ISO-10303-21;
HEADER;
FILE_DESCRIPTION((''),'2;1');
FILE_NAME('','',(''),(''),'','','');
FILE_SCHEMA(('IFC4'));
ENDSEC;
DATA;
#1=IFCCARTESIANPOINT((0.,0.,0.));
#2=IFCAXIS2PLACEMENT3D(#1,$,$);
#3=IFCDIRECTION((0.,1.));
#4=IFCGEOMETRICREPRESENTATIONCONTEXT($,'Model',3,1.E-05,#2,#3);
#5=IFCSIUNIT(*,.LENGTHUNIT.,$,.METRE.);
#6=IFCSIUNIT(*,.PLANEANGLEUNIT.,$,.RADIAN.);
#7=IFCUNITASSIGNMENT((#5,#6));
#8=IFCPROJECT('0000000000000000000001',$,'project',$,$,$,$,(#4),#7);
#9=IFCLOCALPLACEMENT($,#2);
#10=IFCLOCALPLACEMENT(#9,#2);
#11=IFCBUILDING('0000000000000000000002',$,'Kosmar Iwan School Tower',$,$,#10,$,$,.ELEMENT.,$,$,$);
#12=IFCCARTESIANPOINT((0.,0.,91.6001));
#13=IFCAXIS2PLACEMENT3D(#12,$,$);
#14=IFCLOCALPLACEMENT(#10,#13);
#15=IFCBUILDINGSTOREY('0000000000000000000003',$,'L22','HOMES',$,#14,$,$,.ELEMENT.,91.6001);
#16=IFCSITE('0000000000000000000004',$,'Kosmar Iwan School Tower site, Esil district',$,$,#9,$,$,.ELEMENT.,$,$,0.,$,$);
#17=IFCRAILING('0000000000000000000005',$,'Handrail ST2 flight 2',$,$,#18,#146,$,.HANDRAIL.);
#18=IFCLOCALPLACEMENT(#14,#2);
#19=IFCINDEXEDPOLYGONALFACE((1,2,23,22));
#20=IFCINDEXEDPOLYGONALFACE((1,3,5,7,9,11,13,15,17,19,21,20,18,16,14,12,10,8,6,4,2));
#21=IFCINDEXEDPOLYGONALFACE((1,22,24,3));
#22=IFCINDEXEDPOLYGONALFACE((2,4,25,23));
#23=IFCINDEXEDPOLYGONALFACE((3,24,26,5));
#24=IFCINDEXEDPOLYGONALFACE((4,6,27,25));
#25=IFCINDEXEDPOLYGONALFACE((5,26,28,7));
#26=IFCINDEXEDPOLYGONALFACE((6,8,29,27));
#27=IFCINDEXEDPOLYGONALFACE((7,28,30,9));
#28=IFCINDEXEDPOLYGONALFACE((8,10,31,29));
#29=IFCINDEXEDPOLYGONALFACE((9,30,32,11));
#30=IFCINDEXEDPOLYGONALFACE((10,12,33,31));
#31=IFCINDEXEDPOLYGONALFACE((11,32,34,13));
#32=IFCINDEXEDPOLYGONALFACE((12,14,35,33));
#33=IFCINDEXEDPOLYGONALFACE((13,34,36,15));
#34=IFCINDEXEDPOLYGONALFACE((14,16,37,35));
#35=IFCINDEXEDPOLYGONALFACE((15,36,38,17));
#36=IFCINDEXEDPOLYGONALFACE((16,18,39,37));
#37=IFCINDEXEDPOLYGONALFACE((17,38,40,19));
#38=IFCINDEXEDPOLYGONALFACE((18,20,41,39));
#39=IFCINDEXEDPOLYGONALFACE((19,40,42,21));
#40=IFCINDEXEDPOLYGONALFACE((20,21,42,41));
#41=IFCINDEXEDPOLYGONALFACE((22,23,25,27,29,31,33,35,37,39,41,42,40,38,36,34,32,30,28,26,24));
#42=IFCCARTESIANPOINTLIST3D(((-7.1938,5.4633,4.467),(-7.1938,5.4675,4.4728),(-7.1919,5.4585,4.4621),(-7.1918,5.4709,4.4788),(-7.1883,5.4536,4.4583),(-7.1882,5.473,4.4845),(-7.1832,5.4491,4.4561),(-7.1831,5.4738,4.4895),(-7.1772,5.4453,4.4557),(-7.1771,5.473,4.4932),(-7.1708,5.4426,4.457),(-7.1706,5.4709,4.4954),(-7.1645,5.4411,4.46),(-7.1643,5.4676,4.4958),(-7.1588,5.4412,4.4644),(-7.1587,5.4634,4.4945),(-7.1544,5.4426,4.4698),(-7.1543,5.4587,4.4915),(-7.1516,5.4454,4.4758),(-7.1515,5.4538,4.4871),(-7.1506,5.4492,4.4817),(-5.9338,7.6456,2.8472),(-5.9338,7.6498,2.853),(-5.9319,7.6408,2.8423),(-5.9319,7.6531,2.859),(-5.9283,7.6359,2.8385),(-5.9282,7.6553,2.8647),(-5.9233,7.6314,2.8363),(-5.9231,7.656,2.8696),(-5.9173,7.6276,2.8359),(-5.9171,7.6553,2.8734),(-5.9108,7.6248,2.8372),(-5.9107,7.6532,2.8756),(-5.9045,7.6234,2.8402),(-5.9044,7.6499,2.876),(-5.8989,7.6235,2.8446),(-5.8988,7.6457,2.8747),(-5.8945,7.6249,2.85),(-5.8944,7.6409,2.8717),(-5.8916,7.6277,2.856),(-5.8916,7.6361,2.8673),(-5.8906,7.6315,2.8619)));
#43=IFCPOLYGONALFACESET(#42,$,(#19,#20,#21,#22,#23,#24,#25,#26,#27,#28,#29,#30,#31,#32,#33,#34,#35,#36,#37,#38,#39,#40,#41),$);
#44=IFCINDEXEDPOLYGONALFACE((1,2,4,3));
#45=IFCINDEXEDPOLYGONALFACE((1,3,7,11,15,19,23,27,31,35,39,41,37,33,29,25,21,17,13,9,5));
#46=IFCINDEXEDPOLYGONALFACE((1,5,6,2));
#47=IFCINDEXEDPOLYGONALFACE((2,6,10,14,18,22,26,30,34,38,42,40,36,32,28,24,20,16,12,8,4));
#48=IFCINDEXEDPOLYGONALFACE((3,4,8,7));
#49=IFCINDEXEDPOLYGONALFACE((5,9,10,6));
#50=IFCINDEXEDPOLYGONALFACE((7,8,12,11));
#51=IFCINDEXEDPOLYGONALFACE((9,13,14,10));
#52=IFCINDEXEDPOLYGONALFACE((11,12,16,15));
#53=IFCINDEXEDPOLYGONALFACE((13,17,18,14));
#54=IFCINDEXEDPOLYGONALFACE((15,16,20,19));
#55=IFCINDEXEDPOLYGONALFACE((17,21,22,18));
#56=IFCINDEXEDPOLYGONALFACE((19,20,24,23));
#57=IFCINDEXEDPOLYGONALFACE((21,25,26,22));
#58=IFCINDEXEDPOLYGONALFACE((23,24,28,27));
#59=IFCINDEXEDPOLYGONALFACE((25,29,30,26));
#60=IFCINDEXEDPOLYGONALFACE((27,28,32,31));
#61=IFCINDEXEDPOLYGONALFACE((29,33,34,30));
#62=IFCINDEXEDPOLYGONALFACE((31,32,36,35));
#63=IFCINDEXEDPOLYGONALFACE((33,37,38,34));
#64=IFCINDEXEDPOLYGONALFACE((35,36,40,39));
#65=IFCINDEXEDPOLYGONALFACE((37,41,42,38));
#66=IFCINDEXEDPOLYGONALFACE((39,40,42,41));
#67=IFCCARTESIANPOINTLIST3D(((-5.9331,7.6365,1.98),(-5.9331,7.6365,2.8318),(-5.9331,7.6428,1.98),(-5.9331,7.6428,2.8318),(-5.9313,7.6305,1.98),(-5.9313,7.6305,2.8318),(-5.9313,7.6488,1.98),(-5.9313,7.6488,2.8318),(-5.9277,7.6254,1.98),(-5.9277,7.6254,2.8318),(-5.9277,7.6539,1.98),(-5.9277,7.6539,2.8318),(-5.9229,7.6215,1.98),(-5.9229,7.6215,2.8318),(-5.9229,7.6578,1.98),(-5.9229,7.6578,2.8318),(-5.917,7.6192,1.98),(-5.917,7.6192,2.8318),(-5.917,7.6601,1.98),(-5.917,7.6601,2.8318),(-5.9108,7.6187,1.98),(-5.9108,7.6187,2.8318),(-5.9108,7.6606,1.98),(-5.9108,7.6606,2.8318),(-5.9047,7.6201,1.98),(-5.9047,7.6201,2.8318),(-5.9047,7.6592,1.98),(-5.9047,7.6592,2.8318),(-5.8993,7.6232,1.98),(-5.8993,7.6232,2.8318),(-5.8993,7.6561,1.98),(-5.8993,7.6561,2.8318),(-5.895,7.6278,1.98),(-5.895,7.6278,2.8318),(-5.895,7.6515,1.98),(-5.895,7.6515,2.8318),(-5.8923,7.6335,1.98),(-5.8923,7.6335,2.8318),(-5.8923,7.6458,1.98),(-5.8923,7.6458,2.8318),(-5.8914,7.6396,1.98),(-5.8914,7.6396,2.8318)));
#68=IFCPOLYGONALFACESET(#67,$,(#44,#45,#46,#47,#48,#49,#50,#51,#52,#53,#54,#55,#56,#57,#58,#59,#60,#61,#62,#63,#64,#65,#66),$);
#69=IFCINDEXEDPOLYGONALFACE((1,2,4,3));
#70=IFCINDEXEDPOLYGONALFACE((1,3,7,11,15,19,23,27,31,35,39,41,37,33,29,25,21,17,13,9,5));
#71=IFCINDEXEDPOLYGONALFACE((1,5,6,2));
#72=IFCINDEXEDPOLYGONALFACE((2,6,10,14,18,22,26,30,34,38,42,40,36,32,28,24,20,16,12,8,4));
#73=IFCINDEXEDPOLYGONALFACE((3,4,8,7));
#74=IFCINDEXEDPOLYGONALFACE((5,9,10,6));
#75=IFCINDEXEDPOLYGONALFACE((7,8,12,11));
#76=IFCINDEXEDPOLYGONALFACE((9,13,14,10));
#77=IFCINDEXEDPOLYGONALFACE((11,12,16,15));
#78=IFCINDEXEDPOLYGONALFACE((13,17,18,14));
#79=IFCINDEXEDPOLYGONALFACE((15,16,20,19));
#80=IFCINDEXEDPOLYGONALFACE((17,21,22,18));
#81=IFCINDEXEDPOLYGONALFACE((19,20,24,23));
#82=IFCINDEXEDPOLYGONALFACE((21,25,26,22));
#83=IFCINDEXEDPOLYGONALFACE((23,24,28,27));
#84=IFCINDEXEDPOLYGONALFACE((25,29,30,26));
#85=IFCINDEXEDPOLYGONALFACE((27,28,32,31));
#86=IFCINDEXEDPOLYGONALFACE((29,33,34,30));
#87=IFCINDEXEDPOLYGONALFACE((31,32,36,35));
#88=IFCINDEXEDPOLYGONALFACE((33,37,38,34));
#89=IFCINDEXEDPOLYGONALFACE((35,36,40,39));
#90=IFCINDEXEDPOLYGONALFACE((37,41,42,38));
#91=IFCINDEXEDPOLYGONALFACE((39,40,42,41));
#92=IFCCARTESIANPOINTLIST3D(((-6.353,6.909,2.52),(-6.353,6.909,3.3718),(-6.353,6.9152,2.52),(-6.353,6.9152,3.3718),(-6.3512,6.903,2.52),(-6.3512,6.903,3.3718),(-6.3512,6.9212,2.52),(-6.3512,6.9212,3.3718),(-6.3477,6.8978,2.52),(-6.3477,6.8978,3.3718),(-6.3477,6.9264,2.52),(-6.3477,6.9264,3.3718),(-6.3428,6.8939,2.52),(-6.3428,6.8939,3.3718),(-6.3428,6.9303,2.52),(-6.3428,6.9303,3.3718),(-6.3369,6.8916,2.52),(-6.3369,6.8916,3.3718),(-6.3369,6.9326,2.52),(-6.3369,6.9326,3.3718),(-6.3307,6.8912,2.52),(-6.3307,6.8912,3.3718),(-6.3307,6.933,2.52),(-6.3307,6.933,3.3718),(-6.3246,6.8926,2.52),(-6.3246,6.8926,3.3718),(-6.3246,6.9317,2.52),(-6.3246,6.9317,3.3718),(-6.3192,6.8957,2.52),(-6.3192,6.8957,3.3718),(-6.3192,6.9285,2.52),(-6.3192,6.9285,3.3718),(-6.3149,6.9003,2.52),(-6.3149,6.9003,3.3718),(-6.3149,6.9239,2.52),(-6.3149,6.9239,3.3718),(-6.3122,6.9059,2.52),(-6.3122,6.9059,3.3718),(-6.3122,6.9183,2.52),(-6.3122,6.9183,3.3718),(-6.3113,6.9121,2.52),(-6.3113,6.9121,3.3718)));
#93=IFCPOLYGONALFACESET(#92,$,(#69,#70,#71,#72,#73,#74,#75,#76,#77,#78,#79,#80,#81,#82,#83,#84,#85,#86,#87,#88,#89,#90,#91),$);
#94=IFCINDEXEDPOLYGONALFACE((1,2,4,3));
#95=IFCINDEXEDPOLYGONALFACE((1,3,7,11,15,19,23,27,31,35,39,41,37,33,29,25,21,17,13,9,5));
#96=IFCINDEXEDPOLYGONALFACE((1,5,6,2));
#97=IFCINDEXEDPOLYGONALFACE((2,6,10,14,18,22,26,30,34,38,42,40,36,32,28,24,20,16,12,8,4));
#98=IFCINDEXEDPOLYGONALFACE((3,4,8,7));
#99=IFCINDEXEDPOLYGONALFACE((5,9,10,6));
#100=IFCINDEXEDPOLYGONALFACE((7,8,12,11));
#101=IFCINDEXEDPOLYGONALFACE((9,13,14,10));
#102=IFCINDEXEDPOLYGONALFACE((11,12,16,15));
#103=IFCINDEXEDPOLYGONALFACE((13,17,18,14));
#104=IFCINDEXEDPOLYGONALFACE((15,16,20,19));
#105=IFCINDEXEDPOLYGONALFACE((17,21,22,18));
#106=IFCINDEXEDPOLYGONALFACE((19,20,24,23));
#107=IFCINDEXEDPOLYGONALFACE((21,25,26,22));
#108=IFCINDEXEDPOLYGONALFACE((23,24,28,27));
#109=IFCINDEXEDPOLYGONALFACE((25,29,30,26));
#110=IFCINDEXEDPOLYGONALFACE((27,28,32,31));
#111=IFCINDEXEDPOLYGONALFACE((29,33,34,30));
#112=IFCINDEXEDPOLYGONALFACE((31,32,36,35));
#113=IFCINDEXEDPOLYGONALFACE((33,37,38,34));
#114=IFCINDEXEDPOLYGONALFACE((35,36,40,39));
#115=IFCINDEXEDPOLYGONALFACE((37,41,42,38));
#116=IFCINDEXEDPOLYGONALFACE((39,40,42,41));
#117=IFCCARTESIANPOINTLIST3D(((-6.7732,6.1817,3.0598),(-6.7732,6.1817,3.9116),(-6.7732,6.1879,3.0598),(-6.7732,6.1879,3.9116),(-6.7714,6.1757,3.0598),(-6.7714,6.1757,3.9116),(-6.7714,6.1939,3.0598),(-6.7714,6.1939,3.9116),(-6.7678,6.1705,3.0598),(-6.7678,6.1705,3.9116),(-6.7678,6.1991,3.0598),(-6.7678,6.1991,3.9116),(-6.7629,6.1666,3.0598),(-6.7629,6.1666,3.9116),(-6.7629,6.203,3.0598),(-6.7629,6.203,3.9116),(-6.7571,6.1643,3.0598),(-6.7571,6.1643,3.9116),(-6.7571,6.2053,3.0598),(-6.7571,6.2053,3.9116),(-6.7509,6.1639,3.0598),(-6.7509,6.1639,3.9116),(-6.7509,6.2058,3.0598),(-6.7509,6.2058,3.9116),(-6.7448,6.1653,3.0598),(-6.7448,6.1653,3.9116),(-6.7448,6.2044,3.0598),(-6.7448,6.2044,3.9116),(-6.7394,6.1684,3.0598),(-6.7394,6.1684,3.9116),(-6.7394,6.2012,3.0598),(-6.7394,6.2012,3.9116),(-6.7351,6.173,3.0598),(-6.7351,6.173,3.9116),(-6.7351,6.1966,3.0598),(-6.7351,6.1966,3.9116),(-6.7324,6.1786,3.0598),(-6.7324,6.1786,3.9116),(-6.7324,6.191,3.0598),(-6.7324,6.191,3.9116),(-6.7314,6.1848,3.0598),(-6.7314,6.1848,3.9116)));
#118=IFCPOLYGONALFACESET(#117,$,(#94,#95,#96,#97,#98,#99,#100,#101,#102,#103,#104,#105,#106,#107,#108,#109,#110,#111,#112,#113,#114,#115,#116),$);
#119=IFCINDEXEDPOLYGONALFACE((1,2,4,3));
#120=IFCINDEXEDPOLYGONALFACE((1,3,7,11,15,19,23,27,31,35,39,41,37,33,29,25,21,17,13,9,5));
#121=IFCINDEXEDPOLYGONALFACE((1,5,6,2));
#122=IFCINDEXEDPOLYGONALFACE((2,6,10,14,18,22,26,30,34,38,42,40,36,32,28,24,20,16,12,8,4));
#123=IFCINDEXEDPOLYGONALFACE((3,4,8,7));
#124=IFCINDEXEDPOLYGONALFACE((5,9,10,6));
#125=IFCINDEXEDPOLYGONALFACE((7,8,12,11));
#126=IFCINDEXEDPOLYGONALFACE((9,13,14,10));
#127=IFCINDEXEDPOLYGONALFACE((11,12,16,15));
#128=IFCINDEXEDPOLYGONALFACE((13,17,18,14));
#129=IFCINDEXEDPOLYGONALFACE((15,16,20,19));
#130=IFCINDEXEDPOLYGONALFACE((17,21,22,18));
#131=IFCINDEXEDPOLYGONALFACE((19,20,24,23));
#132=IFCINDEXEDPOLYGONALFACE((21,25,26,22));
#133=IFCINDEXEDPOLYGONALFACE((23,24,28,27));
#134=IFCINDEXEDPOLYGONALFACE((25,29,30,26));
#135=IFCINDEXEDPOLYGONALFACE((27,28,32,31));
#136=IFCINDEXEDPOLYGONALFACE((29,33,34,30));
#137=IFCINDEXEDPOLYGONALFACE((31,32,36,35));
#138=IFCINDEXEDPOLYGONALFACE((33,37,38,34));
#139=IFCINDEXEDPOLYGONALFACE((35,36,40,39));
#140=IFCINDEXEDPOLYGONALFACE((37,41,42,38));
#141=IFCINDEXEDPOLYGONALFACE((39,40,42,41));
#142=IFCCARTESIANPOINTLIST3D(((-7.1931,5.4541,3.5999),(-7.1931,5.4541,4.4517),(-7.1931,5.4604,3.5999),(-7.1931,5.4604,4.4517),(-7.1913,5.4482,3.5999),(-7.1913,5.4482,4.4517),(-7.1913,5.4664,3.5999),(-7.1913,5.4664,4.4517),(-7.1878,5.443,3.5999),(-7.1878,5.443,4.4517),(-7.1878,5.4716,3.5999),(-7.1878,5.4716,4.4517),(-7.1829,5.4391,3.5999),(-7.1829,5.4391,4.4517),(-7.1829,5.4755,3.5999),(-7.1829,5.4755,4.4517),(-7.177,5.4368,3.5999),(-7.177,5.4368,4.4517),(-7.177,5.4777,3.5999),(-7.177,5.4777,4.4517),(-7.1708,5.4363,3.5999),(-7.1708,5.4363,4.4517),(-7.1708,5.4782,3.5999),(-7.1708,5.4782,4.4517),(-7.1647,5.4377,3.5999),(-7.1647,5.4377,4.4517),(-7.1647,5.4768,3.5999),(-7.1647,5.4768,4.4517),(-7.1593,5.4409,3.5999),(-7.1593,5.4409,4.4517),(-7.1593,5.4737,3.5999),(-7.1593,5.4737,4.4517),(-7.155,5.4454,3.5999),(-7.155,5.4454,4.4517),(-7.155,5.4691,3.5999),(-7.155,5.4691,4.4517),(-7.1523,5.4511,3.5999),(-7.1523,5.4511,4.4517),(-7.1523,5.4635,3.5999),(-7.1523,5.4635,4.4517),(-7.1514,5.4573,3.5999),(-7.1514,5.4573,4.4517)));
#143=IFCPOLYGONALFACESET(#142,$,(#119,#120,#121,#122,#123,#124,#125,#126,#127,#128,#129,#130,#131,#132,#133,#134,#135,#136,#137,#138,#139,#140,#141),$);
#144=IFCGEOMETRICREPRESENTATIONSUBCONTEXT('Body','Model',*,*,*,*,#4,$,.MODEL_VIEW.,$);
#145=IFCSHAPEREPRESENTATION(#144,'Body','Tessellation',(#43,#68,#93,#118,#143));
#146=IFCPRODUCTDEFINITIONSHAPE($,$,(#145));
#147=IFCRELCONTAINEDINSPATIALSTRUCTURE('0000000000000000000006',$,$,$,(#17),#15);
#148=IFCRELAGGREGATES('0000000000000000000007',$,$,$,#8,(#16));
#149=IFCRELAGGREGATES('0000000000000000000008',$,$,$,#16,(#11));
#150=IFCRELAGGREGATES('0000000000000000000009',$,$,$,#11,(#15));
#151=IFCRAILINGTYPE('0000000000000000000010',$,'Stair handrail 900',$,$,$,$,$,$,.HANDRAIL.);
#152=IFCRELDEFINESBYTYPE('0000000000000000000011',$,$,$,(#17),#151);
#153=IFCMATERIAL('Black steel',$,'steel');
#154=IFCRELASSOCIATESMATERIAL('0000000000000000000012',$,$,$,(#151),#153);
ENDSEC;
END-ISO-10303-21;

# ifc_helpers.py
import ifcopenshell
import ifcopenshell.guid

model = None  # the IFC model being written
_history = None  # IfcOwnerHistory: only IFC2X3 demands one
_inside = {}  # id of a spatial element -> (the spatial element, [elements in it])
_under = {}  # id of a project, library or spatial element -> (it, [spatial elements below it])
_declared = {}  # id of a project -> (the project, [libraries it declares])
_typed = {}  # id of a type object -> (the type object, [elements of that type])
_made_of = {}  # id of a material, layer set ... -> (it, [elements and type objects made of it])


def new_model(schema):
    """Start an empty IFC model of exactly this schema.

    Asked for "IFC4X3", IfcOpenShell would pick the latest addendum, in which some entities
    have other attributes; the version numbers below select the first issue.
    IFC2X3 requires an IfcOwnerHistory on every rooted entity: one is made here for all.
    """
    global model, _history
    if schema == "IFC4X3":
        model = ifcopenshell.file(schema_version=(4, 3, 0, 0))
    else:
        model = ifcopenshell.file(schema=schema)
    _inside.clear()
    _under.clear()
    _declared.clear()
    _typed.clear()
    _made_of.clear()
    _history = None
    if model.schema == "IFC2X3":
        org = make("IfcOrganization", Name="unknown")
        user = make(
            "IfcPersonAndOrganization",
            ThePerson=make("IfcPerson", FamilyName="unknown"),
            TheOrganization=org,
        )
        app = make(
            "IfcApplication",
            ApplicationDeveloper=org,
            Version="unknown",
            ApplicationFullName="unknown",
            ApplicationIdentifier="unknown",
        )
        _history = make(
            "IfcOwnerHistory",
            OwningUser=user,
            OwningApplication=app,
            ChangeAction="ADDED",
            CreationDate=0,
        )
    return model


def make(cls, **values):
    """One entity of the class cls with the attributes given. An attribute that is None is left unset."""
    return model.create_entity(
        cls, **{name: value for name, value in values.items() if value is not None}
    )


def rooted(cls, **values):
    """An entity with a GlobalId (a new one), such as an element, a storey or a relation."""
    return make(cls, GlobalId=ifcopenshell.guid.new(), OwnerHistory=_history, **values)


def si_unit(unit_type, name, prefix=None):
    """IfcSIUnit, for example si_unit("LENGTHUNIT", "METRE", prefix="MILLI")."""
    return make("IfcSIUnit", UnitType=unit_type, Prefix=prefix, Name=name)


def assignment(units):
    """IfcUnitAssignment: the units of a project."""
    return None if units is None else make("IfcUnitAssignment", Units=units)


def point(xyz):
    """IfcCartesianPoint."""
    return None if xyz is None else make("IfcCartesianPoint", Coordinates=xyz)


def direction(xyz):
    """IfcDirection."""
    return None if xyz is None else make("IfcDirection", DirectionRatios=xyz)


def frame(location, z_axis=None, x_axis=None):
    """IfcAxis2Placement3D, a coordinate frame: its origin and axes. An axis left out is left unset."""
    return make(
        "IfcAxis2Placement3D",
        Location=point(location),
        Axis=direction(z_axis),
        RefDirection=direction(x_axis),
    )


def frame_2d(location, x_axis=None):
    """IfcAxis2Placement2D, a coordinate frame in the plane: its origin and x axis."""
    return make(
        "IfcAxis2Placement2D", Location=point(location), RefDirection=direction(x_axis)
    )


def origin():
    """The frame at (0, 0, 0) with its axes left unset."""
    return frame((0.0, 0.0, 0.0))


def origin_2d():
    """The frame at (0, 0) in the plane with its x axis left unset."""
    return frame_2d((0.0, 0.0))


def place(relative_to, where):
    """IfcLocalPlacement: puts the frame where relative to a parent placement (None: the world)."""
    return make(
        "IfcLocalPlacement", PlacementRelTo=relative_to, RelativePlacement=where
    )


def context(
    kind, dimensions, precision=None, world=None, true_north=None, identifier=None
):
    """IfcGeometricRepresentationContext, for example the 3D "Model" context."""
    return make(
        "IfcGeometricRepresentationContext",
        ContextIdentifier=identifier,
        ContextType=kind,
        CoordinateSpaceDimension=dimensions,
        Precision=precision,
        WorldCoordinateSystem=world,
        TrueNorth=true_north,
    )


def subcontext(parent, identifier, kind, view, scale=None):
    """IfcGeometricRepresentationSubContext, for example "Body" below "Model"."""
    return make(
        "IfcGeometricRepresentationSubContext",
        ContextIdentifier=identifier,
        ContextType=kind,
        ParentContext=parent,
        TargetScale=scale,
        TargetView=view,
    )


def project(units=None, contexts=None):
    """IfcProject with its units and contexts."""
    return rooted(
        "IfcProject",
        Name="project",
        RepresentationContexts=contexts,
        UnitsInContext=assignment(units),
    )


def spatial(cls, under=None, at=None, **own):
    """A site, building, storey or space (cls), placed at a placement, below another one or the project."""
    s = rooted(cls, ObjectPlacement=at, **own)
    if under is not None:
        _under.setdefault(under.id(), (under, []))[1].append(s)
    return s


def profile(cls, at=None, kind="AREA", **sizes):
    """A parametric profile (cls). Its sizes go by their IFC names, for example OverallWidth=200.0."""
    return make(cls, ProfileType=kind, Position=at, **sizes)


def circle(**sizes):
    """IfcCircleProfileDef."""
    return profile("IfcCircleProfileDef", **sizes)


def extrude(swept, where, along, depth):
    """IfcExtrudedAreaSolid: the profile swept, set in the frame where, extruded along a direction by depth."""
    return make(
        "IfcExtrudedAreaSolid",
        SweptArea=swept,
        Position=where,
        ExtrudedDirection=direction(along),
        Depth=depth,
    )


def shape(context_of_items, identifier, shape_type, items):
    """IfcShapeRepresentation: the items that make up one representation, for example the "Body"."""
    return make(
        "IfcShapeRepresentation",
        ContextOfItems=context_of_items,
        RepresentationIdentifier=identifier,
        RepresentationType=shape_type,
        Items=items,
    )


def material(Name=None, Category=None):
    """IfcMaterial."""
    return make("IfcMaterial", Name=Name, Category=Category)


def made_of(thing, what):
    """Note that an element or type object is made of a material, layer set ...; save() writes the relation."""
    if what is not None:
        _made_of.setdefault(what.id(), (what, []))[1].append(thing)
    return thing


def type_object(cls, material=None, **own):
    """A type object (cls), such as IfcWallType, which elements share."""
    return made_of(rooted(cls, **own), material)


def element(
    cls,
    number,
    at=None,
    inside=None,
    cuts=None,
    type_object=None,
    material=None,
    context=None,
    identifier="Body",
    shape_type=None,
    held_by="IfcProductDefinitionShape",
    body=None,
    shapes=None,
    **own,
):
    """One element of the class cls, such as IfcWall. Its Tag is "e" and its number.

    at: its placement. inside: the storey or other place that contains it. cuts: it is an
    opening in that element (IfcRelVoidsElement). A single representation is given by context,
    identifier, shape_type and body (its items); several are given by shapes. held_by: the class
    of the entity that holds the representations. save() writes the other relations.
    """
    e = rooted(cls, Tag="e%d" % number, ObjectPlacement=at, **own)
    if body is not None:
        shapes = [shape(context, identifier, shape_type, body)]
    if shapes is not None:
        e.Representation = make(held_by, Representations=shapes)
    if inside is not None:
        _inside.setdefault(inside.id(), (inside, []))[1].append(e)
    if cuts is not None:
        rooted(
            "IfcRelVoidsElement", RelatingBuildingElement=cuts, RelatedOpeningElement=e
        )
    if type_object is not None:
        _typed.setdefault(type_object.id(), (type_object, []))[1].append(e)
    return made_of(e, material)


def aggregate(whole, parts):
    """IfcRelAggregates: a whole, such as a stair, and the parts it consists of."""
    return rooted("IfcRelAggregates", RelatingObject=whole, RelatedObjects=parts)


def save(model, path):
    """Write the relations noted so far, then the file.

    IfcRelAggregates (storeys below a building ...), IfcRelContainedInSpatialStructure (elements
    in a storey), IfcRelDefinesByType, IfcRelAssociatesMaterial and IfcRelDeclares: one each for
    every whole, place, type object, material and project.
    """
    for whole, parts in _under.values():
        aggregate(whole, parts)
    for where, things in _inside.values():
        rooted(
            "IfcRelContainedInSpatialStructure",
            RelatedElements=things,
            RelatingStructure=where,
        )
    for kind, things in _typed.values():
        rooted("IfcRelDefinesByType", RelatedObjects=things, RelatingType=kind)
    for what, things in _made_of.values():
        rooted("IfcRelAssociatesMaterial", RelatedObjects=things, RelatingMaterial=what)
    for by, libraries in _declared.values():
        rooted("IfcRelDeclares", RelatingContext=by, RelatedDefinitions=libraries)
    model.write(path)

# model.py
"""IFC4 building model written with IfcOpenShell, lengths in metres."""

from ifc_helpers import new_model, si_unit, direction, frame, origin, origin_2d, place, context, subcontext, project, spatial, circle, extrude, material, type_object, element, save


model = new_model("IFC4")

# Units and contexts
model_context = context("Model", 3, precision=1e-05, world=origin(), true_north=direction((0.0, 1.0)))
body_context = subcontext(model_context, "Body", "Model", "MODEL_VIEW")
ifc_project = project(units=[si_unit("LENGTHUNIT", "METRE"), si_unit("PLANEANGLEUNIT", "RADIAN")], contexts=[model_context])

# Site, building, storey
site_placement = place(None, origin())
site = spatial("IfcSite", under=ifc_project, at=site_placement, Name="Kosmar Iwan School Tower site, Esil district", CompositionType="ELEMENT", RefElevation=0.0)
building_placement = place(site_placement, origin())
building = spatial("IfcBuilding", under=site, at=building_placement, Name="Kosmar Iwan School Tower", CompositionType="ELEMENT")
storey_placement = place(building_placement, frame((0.0, 0.0, 91.6001)))
storey = spatial("IfcBuildingStorey", under=building, at=storey_placement, Name="L22", Description="HOMES", CompositionType="ELEMENT", Elevation=91.6001)

# Railing
ifc_material_1 = material(Name="Black steel", Category="steel")
railing_type = type_object("IfcRailingType", Name="Stair handrail 900", PredefinedType="HANDRAIL", material=ifc_material_1)
railing_1_placement = place(storey_placement, frame((-5.9124, 7.6396, 1.98)))
element("IfcRailing", 1, at=railing_1_placement, inside=storey, type_object=railing_type, Name="Handrail ST2 flight 2", PredefinedType="HANDRAIL", context=body_context, shape_type="SweptSolid", body=[
    extrude(circle(Radius=0.0239, at=origin_2d()), frame((0.0, 0.0, 0.876), z_axis=(-0.420603, -0.728496, 0.540728), x_axis=(0.866023, -0.500005, 0.0)), (0.0, 0.0, 1.0), 2.9956),
    extrude(circle(Radius=0.021, at=origin_2d()), origin(), (0.0, 0.0, 1.0), 0.8518),
    extrude(circle(Radius=0.021, at=origin_2d()), frame((-0.4199, -0.7275, 0.54)), (0.0, 0.0, 1.0), 0.8518),
    extrude(circle(Radius=0.021, at=origin_2d()), frame((-0.8401, -1.4548, 1.0798)), (0.0, 0.0, 1.0), 0.8518),
    extrude(circle(Radius=0.021, at=origin_2d()), frame((-1.26, -2.1824, 1.6199)), (0.0, 0.0, 1.0), 0.8518),
])

save(model, "model.ifc")
